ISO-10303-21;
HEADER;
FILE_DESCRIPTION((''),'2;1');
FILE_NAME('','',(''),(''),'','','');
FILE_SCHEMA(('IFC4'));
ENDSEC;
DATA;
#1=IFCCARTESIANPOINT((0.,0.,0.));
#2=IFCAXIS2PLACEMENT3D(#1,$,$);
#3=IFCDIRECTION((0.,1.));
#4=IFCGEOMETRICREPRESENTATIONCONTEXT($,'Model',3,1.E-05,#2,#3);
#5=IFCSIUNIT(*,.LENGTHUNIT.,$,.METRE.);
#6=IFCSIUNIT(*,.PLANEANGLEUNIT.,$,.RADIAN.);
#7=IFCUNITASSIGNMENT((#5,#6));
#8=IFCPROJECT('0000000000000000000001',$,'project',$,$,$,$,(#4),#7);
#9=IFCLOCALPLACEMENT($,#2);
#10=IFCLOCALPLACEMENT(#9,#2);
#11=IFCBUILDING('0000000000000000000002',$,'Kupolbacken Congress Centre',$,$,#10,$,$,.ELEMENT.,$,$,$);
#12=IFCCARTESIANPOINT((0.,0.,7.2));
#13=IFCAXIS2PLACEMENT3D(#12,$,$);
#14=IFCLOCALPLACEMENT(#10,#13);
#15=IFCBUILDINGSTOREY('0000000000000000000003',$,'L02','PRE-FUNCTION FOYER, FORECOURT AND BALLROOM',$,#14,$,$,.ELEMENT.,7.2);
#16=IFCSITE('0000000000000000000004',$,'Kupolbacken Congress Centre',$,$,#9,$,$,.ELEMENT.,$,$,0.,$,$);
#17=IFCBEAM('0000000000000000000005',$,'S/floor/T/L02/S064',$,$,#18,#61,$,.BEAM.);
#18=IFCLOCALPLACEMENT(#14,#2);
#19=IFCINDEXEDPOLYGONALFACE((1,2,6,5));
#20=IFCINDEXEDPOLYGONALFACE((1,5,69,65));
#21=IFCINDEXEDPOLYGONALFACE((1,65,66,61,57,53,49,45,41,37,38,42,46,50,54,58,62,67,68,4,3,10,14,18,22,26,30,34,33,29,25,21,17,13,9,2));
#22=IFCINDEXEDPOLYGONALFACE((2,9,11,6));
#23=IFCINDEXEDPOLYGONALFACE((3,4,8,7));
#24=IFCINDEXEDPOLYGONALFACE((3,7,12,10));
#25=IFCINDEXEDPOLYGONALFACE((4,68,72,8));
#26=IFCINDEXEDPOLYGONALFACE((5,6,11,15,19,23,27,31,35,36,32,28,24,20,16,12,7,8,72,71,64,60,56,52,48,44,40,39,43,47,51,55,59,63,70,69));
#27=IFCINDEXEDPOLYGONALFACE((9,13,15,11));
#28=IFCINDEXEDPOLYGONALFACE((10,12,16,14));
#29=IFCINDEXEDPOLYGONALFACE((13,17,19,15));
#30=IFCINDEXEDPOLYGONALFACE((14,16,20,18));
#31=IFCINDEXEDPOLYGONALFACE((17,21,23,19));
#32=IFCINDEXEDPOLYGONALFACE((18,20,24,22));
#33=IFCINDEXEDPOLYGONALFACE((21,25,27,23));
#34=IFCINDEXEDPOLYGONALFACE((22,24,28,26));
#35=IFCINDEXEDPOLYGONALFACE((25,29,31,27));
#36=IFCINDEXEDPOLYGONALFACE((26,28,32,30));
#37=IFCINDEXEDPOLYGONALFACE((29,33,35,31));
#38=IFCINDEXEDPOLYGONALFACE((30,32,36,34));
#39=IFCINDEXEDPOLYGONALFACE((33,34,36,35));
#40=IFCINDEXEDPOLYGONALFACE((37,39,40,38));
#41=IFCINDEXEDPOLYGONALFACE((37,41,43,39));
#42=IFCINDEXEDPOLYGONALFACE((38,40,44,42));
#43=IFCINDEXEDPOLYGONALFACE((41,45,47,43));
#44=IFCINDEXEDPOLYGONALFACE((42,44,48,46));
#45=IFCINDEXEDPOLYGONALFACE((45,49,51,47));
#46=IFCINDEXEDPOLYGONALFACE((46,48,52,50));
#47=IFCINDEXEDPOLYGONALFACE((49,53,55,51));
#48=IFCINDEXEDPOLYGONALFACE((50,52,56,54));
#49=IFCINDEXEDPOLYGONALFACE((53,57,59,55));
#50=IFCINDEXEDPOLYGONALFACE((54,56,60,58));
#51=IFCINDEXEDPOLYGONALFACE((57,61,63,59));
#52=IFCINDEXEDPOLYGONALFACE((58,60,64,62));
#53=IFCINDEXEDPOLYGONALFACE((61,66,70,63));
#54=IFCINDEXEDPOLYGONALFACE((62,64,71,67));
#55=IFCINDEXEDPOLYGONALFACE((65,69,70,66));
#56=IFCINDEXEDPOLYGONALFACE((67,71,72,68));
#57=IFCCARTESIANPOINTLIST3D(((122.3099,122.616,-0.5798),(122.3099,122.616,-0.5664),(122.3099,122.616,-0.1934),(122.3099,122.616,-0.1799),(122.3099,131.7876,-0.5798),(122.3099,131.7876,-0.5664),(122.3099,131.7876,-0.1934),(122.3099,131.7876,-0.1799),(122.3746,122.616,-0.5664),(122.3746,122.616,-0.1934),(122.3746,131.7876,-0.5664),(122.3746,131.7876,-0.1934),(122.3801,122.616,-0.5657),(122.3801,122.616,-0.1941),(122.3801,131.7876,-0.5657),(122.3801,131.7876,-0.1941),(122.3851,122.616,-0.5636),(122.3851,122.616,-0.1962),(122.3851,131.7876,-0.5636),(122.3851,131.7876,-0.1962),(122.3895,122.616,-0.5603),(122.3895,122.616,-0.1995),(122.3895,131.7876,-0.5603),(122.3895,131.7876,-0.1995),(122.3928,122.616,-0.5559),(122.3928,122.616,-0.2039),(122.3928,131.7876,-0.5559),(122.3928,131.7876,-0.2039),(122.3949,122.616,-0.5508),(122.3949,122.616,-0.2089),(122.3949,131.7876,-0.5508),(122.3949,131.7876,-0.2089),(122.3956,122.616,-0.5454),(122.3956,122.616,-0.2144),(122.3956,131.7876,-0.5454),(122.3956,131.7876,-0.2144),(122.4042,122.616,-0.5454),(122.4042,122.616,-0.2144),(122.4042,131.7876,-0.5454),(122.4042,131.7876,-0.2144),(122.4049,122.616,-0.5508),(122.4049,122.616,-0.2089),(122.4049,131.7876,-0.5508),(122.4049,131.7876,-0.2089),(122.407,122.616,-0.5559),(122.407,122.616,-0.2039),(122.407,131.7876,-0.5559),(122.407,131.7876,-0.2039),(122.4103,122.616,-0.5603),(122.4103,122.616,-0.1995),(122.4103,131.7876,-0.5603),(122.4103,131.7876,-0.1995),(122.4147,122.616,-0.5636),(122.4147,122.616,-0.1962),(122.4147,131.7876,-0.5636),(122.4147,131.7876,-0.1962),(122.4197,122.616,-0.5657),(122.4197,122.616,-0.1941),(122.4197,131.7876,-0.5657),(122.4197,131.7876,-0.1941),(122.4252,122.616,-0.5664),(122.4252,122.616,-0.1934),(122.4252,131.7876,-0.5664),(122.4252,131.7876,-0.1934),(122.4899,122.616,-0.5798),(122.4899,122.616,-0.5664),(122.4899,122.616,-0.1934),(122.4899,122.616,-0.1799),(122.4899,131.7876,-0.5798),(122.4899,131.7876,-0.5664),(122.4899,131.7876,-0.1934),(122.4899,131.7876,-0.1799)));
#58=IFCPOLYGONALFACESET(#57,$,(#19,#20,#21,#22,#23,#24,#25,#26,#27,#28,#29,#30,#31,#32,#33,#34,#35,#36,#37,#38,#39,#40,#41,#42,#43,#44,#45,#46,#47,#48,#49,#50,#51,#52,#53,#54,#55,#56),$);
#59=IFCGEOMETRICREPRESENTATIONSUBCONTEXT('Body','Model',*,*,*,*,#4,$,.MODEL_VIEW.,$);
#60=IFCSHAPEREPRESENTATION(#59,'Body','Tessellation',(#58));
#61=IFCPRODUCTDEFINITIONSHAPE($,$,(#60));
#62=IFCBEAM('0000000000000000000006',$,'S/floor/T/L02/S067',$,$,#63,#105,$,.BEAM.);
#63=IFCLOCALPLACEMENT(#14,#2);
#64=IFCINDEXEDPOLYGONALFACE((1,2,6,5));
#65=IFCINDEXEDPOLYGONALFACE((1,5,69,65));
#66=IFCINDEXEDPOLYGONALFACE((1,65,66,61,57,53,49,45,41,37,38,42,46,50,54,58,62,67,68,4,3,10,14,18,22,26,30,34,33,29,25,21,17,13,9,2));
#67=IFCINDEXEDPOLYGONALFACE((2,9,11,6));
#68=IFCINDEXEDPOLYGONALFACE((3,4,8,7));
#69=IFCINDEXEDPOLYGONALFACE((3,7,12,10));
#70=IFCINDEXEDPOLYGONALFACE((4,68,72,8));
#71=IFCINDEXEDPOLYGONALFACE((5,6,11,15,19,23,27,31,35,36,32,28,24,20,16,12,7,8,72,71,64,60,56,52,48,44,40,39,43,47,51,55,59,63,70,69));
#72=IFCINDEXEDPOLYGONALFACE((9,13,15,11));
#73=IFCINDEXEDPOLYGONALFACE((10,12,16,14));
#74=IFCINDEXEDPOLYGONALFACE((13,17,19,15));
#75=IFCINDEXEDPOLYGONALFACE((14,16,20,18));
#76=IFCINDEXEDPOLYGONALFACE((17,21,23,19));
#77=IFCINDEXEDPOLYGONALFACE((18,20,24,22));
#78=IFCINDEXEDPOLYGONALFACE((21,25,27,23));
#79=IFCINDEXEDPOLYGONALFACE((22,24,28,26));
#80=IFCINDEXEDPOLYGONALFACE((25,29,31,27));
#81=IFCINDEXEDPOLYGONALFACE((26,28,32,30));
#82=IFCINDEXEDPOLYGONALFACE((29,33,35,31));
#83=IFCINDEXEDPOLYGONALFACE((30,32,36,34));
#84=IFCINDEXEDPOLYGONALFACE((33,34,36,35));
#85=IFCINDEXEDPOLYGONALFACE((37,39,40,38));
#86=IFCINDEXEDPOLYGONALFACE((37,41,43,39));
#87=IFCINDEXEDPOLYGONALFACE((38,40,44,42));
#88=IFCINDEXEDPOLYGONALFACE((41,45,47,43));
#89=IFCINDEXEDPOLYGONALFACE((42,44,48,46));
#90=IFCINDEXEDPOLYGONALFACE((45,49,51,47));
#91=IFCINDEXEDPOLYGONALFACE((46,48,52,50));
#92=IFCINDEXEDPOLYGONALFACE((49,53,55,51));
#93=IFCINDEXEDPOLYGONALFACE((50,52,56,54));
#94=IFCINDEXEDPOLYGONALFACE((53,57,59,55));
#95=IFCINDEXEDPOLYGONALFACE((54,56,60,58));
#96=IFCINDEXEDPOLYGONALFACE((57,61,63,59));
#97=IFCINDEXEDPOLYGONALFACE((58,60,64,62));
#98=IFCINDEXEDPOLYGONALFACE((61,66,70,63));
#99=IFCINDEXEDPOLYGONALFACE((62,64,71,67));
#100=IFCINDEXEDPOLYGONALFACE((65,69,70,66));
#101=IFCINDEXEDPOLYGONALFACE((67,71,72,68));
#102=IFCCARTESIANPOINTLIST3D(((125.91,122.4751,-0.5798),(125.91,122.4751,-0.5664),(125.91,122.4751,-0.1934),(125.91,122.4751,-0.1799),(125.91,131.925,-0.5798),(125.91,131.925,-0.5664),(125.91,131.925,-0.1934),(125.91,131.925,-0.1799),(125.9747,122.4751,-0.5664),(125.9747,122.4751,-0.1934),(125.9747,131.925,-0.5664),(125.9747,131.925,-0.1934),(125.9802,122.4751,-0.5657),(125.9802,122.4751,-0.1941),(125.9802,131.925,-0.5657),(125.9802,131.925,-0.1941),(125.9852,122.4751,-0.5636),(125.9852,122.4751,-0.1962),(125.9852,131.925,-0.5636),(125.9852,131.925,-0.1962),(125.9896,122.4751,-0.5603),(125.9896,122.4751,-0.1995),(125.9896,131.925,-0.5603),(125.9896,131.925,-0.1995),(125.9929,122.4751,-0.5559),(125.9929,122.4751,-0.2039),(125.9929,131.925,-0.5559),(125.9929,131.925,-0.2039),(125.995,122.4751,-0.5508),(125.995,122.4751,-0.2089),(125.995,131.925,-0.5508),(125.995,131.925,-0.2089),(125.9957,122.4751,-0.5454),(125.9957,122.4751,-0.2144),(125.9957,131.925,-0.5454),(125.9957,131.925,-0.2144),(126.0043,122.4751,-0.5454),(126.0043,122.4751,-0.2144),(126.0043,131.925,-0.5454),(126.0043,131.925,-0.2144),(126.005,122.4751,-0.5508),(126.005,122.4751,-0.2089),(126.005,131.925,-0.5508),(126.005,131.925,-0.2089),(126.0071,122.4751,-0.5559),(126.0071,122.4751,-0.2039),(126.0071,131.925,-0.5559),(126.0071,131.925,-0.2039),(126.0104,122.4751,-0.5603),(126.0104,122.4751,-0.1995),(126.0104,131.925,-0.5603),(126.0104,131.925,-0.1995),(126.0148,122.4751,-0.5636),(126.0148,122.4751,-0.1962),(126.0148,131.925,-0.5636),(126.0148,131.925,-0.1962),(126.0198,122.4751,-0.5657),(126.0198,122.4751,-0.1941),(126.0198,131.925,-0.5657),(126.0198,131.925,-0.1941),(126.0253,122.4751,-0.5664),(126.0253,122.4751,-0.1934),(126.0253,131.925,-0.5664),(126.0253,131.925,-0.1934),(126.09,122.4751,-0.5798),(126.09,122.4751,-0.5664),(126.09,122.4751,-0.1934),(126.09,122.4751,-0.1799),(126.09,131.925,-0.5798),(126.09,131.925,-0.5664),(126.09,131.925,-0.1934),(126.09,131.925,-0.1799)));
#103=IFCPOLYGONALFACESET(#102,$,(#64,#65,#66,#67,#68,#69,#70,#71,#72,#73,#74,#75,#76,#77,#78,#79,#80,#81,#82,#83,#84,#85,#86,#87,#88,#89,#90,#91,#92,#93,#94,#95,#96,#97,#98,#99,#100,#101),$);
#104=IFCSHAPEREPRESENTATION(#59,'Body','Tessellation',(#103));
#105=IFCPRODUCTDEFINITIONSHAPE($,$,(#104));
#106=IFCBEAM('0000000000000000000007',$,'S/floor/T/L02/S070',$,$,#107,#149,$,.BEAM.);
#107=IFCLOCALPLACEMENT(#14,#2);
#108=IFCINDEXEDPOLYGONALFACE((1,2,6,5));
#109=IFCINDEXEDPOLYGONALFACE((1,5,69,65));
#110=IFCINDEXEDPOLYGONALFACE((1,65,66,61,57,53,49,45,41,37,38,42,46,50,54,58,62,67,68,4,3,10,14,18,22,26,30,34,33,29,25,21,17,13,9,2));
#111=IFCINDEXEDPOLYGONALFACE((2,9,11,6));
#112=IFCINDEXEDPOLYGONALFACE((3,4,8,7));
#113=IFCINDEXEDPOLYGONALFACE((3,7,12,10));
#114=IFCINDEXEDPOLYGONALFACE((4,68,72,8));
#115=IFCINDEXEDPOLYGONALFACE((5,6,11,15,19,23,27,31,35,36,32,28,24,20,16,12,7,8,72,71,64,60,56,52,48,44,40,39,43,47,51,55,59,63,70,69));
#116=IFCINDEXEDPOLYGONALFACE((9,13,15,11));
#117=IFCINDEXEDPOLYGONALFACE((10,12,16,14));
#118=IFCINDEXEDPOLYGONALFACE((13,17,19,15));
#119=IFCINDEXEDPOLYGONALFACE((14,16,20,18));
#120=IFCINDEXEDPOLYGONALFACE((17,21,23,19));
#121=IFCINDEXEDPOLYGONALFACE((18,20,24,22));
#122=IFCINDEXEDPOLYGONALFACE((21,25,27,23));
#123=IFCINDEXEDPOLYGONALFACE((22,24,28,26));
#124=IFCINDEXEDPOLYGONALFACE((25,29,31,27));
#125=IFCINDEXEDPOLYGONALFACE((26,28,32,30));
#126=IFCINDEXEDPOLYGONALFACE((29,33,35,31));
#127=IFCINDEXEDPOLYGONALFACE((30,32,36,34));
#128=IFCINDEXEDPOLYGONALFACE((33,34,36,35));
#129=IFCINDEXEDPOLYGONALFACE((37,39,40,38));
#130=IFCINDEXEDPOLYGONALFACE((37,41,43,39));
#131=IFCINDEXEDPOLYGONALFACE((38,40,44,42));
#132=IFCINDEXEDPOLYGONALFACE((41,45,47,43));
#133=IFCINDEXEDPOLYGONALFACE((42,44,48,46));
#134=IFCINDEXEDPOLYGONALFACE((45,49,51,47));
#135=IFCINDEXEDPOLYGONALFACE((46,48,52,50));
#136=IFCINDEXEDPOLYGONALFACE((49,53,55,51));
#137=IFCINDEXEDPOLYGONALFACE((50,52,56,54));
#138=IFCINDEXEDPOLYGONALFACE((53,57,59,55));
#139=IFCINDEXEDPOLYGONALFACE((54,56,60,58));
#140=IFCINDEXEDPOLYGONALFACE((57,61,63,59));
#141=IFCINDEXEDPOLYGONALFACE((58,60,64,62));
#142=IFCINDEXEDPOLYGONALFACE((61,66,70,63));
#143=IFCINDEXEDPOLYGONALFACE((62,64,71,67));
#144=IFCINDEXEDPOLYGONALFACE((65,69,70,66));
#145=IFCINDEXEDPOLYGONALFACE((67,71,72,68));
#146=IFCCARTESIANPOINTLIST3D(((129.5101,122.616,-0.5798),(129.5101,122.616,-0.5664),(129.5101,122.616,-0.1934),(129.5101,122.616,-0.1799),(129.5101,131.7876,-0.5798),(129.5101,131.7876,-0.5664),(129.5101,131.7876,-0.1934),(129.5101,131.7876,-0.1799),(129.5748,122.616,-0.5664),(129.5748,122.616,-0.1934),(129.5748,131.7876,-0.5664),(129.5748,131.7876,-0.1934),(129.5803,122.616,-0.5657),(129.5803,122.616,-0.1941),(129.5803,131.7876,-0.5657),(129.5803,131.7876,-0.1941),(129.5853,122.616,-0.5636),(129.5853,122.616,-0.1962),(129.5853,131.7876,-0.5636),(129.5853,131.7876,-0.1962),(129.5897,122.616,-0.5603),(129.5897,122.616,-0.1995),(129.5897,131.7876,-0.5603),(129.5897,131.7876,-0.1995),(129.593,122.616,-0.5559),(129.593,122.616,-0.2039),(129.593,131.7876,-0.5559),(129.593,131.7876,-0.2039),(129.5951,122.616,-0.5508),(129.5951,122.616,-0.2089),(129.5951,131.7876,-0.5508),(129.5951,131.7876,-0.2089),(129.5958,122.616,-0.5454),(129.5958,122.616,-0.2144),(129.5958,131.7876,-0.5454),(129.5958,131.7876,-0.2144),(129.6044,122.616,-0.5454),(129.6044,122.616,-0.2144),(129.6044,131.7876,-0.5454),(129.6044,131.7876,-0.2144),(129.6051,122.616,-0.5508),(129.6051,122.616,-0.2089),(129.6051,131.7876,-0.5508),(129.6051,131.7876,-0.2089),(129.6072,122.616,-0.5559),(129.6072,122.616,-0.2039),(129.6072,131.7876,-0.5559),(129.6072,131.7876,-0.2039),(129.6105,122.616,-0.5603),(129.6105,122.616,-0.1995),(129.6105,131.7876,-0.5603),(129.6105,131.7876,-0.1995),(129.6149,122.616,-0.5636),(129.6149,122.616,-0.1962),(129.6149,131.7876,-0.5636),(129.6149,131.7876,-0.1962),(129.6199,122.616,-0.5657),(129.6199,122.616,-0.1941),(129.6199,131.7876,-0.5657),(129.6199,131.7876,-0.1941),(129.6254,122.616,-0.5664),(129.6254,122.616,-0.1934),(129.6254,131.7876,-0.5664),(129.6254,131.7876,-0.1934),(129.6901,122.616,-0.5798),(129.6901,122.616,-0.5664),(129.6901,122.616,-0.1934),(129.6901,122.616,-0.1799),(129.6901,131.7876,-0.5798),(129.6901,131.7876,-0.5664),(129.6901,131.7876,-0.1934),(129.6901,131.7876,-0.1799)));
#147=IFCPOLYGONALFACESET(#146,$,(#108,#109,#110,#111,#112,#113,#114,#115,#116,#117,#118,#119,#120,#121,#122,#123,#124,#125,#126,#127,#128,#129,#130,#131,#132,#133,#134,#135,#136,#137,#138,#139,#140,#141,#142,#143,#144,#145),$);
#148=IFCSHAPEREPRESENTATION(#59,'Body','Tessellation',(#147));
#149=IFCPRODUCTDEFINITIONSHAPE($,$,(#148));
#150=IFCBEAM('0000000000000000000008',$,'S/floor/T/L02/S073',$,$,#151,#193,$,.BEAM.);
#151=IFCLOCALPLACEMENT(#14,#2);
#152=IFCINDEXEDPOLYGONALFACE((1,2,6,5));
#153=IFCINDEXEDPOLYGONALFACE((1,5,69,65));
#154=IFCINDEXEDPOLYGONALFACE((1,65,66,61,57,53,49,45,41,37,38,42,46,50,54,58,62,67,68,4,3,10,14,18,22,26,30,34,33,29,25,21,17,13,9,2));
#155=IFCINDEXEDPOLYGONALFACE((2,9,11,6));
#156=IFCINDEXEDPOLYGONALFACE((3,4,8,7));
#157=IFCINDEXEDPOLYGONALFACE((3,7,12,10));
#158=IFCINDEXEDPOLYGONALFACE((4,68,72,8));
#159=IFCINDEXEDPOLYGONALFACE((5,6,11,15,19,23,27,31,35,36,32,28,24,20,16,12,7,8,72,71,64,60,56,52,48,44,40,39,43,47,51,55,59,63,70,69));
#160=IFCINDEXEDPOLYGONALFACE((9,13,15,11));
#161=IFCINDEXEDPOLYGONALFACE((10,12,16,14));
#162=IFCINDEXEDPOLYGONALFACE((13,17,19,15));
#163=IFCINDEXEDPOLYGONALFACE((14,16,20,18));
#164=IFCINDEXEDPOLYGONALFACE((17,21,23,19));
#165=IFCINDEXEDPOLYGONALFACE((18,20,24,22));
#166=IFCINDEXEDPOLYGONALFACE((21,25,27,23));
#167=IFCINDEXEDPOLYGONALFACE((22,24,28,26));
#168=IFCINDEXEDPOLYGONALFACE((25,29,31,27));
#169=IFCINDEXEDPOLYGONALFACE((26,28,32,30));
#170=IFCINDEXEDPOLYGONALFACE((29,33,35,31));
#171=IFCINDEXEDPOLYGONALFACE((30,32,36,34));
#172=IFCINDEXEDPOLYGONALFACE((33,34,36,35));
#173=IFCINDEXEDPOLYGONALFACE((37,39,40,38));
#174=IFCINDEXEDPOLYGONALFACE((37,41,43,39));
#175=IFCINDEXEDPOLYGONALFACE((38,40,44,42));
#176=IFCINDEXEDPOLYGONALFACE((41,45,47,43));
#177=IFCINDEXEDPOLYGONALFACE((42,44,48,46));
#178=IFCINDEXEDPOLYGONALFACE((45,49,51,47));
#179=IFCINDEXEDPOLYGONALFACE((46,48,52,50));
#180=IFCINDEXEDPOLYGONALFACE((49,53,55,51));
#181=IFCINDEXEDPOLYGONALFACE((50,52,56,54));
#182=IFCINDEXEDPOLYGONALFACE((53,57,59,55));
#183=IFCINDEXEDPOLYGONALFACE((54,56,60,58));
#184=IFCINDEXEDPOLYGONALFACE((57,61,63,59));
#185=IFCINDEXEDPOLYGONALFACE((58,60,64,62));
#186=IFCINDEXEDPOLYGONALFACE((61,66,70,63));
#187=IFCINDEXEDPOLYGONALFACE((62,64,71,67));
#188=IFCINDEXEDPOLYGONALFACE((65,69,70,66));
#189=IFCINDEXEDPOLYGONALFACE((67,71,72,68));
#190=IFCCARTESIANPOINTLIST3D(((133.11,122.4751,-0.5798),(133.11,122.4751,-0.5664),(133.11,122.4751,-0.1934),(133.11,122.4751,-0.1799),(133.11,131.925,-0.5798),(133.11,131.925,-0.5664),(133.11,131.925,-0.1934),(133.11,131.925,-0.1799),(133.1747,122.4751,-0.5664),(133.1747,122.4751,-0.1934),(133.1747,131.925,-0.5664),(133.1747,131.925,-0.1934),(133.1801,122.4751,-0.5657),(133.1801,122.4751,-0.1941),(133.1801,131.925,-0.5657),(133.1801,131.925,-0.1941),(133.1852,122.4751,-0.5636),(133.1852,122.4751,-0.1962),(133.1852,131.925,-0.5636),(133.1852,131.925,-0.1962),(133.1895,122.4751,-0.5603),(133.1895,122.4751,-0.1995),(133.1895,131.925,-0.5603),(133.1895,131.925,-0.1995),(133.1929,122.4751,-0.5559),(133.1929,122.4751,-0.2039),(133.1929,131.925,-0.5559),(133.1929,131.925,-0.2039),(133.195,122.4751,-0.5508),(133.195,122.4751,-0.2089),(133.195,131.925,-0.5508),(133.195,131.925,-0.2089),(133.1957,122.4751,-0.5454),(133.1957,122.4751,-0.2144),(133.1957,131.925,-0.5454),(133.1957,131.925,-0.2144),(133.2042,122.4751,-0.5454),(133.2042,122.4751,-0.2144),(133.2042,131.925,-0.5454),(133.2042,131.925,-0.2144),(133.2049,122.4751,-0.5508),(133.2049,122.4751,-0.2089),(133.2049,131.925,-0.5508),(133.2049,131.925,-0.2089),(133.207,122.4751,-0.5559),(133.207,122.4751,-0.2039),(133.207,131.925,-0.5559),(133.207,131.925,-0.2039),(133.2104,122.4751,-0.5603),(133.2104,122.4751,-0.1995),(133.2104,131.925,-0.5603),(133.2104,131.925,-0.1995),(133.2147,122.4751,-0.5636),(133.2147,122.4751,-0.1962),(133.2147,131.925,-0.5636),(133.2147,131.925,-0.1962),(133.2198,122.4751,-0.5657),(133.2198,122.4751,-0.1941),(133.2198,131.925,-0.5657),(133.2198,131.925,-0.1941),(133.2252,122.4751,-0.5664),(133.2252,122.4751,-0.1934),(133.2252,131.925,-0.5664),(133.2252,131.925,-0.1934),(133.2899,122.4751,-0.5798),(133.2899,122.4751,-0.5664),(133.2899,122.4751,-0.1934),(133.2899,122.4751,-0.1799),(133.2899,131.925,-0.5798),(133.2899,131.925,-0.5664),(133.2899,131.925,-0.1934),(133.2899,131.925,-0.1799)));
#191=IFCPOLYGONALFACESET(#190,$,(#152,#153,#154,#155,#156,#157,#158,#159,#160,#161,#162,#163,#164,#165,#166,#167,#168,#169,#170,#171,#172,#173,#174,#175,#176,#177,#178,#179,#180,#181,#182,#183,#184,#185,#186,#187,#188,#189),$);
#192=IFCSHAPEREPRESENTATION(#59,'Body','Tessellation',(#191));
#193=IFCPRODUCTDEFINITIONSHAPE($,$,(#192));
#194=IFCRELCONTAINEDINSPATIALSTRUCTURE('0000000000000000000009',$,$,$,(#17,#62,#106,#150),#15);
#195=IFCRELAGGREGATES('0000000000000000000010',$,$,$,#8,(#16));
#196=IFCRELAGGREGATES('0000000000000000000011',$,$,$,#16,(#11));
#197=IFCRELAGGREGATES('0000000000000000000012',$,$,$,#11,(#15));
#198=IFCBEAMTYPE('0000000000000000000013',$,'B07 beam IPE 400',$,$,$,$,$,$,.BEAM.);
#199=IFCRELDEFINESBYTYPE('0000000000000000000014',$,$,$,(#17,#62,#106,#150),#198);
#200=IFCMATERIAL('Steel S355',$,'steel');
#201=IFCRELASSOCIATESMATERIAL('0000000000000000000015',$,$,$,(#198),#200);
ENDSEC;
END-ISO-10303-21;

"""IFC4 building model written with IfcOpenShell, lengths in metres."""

from ifc_helpers import new_model, si_unit, direction, frame, origin, origin_2d, place, context, subcontext, project, spatial, i_section, extrude, material, material_profile, profile_set, type_object, element, save


model = new_model("IFC4")

# Units and contexts
model_context = context("Model", 3, precision=1e-05, world=origin(), true_north=direction((0.0, 1.0)))
body_context = subcontext(model_context, "Body", "Model", "MODEL_VIEW")
ifc_project = project(units=[si_unit("LENGTHUNIT", "METRE"), si_unit("PLANEANGLEUNIT", "RADIAN")], contexts=[model_context])

# Site, building, storey
site_placement = place(None, origin())
site = spatial("IfcSite", under=ifc_project, at=site_placement, Name="Kupolbacken Congress Centre", CompositionType="ELEMENT", RefElevation=0.0)
building_placement = place(site_placement, origin())
building = spatial("IfcBuilding", under=site, at=building_placement, Name="Kupolbacken Congress Centre", CompositionType="ELEMENT")
storey_placement = place(building_placement, frame((0.0, 0.0, 7.2)))
storey = spatial("IfcBuildingStorey", under=building, at=storey_placement, Name="L02", Description="PRE-FUNCTION FOYER, FORECOURT AND BALLROOM", CompositionType="ELEMENT", Elevation=7.2)

# Beams
ifc_material_1 = material(Name="Steel S355", Category="steel")
ifc_material_profile_1 = material_profile(ifc_material_1, i_section(OverallWidth=0.1799, OverallDepth=0.3999, WebThickness=0.0085, FlangeThickness=0.0134, FilletRadius=0.021, at=origin_2d()), Name="IPE 400")
ifc_profile_set_1 = profile_set([ifc_material_profile_1], Name="Steel S355")
beam_type_1 = type_object("IfcBeamType", Name="B07 beam IPE 400", PredefinedType="BEAM", material=ifc_profile_set_1)
beam_1_placement = place(storey_placement, frame((122.3999, 122.616, -0.3799), z_axis=(0.0, 1.0, 0.0), x_axis=(-1.0, 0.0, 0.0)))
element("IfcBeam", 1, at=beam_1_placement, inside=storey, type_object=beam_type_1, Name="S/floor/T/L02/S064", PredefinedType="BEAM", context=body_context, shape_type="SweptSolid", body=[
    extrude(i_section(OverallWidth=0.1799, OverallDepth=0.3999, WebThickness=0.0085, FlangeThickness=0.0134, FilletRadius=0.021, at=origin_2d()), origin(), (0.0, 0.0, 1.0), 9.1716),
])
beam_2_placement = place(storey_placement, frame((126.0, 122.4751, -0.3799), z_axis=(0.0, 1.0, 0.0), x_axis=(-1.0, 0.0, 0.0)))
element("IfcBeam", 2, at=beam_2_placement, inside=storey, type_object=beam_type_1, Name="S/floor/T/L02/S067", PredefinedType="BEAM", context=body_context, shape_type="SweptSolid", body=[
    extrude(i_section(OverallWidth=0.1799, OverallDepth=0.3999, WebThickness=0.0085, FlangeThickness=0.0134, FilletRadius=0.021, at=origin_2d()), origin(), (0.0, 0.0, 1.0), 9.45),
])
beam_3_placement = place(storey_placement, frame((129.6001, 122.616, -0.3799), z_axis=(0.0, 1.0, 0.0), x_axis=(-1.0, 0.0, 0.0)))
element("IfcBeam", 3, at=beam_3_placement, inside=storey, type_object=beam_type_1, Name="S/floor/T/L02/S070", PredefinedType="BEAM", context=body_context, shape_type="SweptSolid", body=[
    extrude(i_section(OverallWidth=0.1799, OverallDepth=0.3999, WebThickness=0.0085, FlangeThickness=0.0134, FilletRadius=0.021, at=origin_2d()), origin(), (0.0, 0.0, 1.0), 9.1716),
])
beam_4_placement = place(storey_placement, frame((133.2, 122.4751, -0.3799), z_axis=(0.0, 1.0, 0.0), x_axis=(-1.0, 0.0, 0.0)))
element("IfcBeam", 4, at=beam_4_placement, inside=storey, type_object=beam_type_1, Name="S/floor/T/L02/S073", PredefinedType="BEAM", context=body_context, shape_type="SweptSolid", body=[
    extrude(i_section(OverallWidth=0.1799, OverallDepth=0.3999, WebThickness=0.0085, FlangeThickness=0.0134, FilletRadius=0.021, at=origin_2d()), origin(), (0.0, 0.0, 1.0), 9.45),
])

save(model, "model.ifc")
